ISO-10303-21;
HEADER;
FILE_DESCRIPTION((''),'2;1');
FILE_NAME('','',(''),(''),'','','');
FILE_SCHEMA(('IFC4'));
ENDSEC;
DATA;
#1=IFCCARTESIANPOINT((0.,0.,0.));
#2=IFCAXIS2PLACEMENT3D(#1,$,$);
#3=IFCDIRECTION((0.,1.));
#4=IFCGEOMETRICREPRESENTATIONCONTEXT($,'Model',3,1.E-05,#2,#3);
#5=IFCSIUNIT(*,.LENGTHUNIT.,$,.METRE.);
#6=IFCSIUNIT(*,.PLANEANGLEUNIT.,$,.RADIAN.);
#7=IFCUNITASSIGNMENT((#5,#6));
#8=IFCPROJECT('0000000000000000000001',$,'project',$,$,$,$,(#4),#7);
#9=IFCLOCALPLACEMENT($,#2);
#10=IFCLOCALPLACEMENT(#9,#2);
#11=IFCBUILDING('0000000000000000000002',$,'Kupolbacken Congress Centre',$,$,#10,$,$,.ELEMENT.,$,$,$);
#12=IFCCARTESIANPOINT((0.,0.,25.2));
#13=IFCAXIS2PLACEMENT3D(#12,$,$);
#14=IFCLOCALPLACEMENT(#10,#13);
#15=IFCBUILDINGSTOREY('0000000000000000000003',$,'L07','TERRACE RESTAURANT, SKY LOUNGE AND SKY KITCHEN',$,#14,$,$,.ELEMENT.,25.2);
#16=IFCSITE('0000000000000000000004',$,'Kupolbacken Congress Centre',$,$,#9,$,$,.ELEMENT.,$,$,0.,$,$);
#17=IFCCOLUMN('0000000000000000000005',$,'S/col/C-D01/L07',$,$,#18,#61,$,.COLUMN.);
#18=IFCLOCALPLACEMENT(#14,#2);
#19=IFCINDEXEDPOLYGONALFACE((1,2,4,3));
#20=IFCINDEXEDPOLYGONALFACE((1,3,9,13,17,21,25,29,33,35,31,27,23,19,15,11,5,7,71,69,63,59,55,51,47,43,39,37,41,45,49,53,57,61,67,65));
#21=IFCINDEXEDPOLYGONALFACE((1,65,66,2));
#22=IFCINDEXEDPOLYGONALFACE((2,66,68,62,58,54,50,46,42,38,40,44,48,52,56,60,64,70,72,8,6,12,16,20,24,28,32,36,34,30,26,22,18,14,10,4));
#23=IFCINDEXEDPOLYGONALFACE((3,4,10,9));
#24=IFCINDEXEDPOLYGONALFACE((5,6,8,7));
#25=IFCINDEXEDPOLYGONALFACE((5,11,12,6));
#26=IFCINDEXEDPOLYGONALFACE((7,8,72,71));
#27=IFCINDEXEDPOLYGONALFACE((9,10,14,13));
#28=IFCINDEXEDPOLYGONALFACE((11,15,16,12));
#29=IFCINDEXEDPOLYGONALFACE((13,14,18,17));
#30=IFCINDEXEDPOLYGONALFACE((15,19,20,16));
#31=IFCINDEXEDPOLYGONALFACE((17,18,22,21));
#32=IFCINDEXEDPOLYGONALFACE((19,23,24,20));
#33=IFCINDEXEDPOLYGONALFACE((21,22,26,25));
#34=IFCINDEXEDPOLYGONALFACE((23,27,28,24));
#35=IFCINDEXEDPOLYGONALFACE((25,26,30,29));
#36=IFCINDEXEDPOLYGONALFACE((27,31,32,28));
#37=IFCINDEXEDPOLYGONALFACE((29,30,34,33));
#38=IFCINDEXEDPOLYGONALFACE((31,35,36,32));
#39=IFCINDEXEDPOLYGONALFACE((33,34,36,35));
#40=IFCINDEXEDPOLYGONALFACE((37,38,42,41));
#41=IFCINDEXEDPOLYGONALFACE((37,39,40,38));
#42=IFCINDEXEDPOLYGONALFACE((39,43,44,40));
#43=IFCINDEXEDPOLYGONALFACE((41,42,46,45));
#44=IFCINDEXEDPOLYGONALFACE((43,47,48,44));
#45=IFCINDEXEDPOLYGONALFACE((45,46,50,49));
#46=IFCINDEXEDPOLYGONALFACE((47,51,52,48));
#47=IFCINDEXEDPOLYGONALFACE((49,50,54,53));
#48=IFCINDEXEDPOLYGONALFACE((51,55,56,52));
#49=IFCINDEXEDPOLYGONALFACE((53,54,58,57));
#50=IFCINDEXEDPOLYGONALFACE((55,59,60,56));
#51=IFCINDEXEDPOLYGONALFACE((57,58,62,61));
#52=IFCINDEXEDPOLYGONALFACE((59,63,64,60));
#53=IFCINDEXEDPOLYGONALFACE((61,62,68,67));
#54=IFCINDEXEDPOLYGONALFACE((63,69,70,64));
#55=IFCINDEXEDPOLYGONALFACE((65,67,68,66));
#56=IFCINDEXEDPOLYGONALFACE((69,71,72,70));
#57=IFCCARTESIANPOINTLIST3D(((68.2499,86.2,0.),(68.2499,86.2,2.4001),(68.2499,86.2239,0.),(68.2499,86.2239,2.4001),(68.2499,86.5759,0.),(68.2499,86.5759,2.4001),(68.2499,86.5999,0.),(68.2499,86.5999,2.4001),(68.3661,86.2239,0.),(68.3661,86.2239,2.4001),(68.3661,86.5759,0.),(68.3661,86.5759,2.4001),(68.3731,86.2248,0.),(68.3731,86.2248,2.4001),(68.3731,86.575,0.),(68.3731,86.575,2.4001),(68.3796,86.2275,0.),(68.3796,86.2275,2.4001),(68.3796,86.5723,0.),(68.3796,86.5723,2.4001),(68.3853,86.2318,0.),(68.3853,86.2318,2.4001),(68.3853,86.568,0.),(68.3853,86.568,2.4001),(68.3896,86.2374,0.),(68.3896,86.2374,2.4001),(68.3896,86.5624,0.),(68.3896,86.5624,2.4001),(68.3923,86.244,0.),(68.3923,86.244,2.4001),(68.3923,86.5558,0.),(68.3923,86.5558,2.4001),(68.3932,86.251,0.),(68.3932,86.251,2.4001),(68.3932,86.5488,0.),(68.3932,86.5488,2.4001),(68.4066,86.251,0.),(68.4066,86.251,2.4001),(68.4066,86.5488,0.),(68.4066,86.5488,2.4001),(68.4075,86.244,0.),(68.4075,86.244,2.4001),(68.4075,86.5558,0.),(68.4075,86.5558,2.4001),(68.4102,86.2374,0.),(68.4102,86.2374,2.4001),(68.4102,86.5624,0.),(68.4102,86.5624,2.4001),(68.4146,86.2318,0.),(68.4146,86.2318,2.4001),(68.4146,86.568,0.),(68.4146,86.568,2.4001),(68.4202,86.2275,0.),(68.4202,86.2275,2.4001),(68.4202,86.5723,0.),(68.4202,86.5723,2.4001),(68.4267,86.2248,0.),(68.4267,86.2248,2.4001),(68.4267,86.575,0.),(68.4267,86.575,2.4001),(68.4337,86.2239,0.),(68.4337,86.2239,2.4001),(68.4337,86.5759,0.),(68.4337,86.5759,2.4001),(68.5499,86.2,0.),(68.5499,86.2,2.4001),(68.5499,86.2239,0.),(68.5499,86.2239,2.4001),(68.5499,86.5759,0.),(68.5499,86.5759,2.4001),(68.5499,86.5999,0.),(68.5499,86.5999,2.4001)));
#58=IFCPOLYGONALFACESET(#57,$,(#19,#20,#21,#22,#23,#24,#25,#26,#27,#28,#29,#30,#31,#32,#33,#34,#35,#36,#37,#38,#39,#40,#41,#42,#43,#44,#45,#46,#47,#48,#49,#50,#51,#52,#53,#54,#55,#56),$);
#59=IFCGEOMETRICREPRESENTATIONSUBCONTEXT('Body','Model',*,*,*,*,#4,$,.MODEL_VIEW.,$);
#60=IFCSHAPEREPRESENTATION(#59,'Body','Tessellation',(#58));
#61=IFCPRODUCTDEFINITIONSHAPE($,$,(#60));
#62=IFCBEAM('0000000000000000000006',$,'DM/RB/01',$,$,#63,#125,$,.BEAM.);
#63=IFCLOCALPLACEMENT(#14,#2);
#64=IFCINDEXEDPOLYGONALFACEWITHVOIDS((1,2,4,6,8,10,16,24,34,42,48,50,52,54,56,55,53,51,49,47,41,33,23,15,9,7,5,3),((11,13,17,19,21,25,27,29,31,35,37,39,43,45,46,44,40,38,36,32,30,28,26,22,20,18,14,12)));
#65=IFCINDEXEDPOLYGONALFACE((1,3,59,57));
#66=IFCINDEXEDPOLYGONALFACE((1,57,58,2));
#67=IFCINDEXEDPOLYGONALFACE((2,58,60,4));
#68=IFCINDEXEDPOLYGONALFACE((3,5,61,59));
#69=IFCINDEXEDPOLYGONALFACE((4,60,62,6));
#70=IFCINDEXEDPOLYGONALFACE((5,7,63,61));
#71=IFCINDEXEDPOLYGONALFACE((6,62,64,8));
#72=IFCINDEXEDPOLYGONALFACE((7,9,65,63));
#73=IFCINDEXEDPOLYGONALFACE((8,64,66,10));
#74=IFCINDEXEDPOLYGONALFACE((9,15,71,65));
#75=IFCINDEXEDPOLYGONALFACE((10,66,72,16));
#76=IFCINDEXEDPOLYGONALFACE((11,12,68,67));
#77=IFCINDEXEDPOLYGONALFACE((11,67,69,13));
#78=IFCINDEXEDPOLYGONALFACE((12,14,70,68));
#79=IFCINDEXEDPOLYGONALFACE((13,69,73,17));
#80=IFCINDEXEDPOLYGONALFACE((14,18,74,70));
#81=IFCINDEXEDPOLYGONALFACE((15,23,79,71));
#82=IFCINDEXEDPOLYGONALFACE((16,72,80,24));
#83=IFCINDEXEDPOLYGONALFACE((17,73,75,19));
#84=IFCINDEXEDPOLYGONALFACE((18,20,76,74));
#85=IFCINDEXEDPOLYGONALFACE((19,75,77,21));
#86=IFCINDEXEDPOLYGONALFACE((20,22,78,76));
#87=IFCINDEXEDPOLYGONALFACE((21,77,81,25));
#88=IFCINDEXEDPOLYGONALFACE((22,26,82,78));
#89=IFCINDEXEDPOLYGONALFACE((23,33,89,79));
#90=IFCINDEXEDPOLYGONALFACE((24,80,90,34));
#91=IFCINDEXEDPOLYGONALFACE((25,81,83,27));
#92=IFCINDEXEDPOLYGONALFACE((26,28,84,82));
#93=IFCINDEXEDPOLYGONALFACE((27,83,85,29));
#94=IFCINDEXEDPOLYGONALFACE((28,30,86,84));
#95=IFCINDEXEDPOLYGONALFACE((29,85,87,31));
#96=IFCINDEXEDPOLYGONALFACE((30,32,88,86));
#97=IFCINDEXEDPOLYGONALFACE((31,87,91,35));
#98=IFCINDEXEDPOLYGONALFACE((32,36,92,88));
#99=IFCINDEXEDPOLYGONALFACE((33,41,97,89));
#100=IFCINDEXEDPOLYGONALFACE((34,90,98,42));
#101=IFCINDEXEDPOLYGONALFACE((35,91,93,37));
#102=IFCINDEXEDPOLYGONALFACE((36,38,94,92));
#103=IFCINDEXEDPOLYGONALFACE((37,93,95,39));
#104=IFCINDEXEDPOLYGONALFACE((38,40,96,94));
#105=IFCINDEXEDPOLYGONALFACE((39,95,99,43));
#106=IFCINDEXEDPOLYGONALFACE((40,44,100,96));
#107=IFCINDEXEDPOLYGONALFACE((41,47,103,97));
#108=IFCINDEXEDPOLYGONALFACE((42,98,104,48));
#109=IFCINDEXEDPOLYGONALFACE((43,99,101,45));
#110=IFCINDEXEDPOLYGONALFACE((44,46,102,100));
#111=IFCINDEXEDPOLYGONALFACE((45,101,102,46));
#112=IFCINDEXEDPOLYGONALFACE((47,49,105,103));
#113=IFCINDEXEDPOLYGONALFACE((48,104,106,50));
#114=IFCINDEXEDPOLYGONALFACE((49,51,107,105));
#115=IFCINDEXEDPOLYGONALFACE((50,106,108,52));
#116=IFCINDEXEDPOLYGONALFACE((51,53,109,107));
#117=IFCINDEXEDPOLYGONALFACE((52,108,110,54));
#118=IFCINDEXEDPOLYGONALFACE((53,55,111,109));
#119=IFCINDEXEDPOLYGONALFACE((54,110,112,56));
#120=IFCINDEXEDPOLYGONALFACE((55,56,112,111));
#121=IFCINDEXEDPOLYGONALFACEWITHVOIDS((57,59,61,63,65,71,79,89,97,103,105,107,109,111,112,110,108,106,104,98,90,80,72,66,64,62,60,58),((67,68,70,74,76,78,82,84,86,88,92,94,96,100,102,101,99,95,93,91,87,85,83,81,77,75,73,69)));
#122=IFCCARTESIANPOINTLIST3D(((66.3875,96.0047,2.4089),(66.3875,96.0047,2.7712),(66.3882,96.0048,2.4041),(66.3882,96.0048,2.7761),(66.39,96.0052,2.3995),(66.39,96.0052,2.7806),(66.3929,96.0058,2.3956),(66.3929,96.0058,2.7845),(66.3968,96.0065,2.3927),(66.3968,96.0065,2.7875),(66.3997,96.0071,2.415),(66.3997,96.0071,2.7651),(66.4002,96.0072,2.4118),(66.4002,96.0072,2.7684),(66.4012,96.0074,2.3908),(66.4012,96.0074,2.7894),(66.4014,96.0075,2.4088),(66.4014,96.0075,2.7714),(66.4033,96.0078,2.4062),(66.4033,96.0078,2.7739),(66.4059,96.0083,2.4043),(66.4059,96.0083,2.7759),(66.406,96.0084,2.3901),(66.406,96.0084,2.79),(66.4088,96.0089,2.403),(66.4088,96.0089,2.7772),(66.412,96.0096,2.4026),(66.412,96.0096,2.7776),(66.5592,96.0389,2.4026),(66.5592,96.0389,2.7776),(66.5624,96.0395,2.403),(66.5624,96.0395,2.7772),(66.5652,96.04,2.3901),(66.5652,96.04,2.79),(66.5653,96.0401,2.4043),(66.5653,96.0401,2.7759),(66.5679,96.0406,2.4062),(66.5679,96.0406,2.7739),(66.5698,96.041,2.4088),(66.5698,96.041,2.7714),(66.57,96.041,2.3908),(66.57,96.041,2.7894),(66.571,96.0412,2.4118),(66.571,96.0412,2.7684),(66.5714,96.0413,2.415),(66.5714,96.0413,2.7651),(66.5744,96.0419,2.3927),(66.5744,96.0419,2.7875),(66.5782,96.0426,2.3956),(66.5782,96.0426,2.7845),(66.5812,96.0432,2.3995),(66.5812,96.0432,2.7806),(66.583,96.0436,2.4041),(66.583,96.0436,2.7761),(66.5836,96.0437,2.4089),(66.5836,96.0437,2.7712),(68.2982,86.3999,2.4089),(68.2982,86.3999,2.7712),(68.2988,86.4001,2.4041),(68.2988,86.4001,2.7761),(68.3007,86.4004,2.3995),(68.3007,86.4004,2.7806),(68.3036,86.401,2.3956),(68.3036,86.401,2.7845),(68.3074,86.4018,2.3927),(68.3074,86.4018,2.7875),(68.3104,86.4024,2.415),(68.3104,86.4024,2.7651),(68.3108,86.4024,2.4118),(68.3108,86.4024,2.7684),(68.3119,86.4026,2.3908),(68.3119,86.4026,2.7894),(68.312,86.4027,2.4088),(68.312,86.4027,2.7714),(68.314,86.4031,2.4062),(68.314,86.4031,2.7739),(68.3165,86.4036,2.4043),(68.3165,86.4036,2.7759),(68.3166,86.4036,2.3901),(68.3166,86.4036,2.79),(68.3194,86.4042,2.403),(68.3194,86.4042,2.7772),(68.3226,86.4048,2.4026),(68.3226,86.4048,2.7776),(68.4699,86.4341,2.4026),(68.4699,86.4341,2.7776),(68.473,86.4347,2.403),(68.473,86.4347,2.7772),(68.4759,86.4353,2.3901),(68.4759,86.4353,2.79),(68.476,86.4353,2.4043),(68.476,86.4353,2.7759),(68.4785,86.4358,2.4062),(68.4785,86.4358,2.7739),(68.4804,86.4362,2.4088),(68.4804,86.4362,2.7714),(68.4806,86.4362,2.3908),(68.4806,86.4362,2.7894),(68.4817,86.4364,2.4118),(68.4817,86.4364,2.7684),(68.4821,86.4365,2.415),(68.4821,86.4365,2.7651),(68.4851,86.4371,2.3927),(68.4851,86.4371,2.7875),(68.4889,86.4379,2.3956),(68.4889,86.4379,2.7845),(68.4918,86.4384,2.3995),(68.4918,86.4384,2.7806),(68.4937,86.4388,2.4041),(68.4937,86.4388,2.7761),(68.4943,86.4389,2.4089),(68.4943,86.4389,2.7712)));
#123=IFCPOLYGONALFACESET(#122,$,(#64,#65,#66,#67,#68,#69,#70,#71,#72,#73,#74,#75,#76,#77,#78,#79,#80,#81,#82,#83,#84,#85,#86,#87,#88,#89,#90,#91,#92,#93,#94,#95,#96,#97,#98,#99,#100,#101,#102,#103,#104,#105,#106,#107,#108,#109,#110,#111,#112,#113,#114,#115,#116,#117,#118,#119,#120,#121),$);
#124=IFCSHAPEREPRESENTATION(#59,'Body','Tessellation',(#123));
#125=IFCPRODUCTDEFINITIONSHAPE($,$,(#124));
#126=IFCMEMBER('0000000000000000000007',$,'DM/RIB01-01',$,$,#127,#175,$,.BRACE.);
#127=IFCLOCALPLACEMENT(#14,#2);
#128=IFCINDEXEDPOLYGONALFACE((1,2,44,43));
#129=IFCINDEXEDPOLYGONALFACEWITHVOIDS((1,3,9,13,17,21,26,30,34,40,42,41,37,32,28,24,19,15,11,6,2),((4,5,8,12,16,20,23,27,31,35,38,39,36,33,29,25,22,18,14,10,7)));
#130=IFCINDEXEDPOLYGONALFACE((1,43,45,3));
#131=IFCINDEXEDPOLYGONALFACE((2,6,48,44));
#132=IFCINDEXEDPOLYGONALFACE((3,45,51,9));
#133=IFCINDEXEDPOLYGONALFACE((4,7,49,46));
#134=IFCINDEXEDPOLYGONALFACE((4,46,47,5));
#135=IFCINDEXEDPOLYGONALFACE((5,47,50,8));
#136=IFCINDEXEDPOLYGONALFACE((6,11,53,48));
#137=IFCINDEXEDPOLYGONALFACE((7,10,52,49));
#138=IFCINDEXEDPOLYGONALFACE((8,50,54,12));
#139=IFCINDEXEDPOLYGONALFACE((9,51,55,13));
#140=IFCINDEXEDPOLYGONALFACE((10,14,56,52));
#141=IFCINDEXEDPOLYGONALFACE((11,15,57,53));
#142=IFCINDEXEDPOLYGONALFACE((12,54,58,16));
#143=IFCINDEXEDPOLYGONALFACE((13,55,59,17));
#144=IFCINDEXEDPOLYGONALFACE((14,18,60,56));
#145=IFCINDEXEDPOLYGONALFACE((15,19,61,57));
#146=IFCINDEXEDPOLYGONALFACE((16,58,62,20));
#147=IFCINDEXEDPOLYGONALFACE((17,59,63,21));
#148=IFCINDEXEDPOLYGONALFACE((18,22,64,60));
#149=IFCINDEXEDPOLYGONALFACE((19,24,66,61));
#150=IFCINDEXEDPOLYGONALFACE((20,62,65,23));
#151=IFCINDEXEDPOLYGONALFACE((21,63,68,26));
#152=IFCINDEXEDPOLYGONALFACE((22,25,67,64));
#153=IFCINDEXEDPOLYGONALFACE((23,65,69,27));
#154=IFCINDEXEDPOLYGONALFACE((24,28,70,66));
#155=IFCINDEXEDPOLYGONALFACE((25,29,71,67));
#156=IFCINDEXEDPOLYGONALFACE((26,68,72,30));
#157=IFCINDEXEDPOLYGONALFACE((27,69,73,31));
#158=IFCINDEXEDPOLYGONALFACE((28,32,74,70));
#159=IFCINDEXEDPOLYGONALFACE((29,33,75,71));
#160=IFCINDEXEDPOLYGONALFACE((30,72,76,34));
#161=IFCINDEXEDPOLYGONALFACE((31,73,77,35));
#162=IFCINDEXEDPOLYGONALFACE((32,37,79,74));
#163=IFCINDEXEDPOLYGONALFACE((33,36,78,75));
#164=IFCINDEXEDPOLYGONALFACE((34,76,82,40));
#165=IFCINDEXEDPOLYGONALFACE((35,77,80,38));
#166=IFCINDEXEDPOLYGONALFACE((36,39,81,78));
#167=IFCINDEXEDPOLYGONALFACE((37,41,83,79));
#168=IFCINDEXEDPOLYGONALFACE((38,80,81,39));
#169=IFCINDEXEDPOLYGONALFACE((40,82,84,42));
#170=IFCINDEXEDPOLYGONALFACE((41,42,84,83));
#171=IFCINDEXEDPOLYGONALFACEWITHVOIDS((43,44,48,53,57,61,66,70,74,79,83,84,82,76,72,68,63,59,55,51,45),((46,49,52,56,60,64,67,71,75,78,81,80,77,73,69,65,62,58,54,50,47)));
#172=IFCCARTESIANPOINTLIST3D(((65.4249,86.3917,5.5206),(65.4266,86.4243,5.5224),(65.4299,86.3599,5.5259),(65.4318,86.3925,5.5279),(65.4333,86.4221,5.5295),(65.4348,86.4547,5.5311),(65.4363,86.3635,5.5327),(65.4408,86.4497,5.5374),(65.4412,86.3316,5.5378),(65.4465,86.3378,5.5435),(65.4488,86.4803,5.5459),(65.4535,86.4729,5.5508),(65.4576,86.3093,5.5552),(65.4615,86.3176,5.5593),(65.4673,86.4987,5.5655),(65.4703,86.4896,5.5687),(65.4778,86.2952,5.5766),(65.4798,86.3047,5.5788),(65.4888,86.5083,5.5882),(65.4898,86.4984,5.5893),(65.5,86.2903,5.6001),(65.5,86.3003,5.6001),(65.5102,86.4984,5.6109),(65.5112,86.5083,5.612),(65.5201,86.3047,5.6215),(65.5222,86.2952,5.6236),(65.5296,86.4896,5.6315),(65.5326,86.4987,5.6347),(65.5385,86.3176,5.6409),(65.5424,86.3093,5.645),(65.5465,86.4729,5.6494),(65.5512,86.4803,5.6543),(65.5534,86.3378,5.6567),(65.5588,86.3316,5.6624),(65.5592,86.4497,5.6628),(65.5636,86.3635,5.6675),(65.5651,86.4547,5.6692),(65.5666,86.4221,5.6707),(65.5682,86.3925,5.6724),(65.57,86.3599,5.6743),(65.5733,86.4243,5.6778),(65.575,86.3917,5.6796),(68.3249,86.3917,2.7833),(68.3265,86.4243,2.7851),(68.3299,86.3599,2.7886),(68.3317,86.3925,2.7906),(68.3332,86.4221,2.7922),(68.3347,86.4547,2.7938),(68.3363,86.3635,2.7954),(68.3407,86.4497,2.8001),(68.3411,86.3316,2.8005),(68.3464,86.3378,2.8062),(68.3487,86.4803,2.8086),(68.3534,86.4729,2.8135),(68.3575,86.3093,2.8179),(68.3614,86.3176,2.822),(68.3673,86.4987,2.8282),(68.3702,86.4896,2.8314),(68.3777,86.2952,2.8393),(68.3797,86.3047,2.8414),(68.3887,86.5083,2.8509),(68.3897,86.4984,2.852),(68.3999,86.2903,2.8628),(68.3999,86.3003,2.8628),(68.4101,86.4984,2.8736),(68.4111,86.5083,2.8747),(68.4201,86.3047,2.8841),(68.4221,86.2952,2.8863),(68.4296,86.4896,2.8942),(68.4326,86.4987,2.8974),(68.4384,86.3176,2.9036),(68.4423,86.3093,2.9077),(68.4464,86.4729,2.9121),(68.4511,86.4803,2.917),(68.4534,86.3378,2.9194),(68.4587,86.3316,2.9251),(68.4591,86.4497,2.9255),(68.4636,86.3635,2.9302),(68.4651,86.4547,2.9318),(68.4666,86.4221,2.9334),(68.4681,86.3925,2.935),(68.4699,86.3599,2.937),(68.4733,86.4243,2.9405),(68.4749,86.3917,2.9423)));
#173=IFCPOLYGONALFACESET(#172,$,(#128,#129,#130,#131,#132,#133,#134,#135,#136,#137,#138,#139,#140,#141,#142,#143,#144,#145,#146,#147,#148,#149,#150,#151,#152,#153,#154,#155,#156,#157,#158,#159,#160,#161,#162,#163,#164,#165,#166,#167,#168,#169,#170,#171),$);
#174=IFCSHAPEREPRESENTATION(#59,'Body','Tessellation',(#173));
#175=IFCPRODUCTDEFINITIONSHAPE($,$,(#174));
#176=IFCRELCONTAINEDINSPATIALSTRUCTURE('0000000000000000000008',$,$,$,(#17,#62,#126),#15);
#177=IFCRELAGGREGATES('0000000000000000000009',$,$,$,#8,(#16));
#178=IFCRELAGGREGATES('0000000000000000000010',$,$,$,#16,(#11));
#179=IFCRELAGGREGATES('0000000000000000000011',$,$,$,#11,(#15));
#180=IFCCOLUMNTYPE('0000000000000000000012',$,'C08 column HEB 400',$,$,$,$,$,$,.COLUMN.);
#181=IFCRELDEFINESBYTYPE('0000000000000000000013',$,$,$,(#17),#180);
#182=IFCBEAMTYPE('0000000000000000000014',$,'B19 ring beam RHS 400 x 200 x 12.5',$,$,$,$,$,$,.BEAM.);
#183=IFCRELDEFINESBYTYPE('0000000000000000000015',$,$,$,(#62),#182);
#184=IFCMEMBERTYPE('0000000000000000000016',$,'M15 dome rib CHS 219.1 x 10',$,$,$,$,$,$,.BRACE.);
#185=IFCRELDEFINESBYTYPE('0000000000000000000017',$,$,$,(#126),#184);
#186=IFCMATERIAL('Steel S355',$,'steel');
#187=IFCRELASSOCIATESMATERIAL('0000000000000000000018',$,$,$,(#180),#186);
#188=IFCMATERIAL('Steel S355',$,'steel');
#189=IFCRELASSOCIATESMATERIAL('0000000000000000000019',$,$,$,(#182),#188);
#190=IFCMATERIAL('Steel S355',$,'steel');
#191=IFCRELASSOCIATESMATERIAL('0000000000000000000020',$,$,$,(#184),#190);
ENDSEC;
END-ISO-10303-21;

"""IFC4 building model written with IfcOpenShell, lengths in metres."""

from ifc_helpers import new_model, si_unit, direction, frame, origin, origin_2d, place, context, subcontext, project, spatial, hollow_rectangle, hollow_circle, i_section, extrude, material, material_profile, profile_set, type_object, element, save


model = new_model("IFC4")

# Units and contexts
model_context = context("Model", 3, precision=1e-05, world=origin(), true_north=direction((0.0, 1.0)))
body_context = subcontext(model_context, "Body", "Model", "MODEL_VIEW")
ifc_project = project(units=[si_unit("LENGTHUNIT", "METRE"), si_unit("PLANEANGLEUNIT", "RADIAN")], contexts=[model_context])

# Site, building, storey
site_placement = place(None, origin())
site = spatial("IfcSite", under=ifc_project, at=site_placement, Name="Kupolbacken Congress Centre", CompositionType="ELEMENT", RefElevation=0.0)
building_placement = place(site_placement, origin())
building = spatial("IfcBuilding", under=site, at=building_placement, Name="Kupolbacken Congress Centre", CompositionType="ELEMENT")
storey_placement = place(building_placement, frame((0.0, 0.0, 25.2)))
storey = spatial("IfcBuildingStorey", under=building, at=storey_placement, Name="L07", Description="TERRACE RESTAURANT, SKY LOUNGE AND SKY KITCHEN", CompositionType="ELEMENT", Elevation=25.2)

# Column
ifc_material_1 = material(Name="Steel S355", Category="steel")
ifc_material_profile_1 = material_profile(ifc_material_1, i_section(OverallWidth=0.3, OverallDepth=0.3999, WebThickness=0.0134, FlangeThickness=0.0239, FilletRadius=0.0271, at=origin_2d()), Name="HEB 400")
ifc_profile_set_1 = profile_set([ifc_material_profile_1], Name="Steel S355")
column_type = type_object("IfcColumnType", Name="C08 column HEB 400", PredefinedType="COLUMN", material=ifc_profile_set_1)
column_placement = place(storey_placement, frame((68.3999, 86.3999, 0.0), z_axis=(0.0, 0.0, 1.0), x_axis=(1.0, 0.0, 0.0)))
element("IfcColumn", 1, at=column_placement, inside=storey, type_object=column_type, Name="S/col/C-D01/L07", PredefinedType="COLUMN", context=body_context, shape_type="SweptSolid", body=[
    extrude(i_section(OverallWidth=0.3, OverallDepth=0.3999, WebThickness=0.0134, FlangeThickness=0.0239, FilletRadius=0.0271, at=origin_2d()), origin(), (0.0, 0.0, 1.0), 2.4001),
])

# Beam
ifc_material_2 = material(Name="Steel S355", Category="steel")
ifc_material_profile_2 = material_profile(ifc_material_2, hollow_rectangle(XDim=0.2, YDim=0.3999, WallThickness=0.0125, InnerFilletRadius=0.0125, OuterFilletRadius=0.0188, at=origin_2d()), Name="RHS 400 x 200 x 12.5")
ifc_profile_set_2 = profile_set([ifc_material_profile_2], Name="Steel S355")
beam_type = type_object("IfcBeamType", Name="B19 ring beam RHS 400 x 200 x 12.5", PredefinedType="BEAM", material=ifc_profile_set_2)
beam_placement = place(storey_placement, frame((68.3962, 86.4194, 2.5901), z_axis=(-0.195104, 0.980782, 0.0), x_axis=(-0.980782, -0.195104, 0.0)))
element("IfcBeam", 2, at=beam_placement, inside=storey, type_object=beam_type, Name="DM/RB/01", PredefinedType="BEAM", context=body_context, shape_type="SweptSolid", body=[
    extrude(hollow_rectangle(XDim=0.2, YDim=0.3999, WallThickness=0.0125, InnerFilletRadius=0.0125, OuterFilletRadius=0.0188, at=origin_2d()), origin(), (0.0, 0.0, 1.0), 9.793),
])

# Member
ifc_material_3 = material(Name="Steel S355", Category="steel")
ifc_material_profile_3 = material_profile(ifc_material_3, hollow_circle(Radius=0.1096, WallThickness=0.01, at=origin_2d()), Name="CHS 219.1 x 10")
ifc_profile_set_3 = profile_set([ifc_material_profile_3], Name="Steel S355")
member_type_1 = type_object("IfcMemberType", Name="M15 dome rib CHS 219.1 x 10", PredefinedType="BRACE", material=ifc_profile_set_3)
member_1_placement = place(storey_placement, frame((68.3999, 86.3999, 2.8628), z_axis=(-0.7272, 0.0, 0.686426), x_axis=(0.0, -1.0, 0.0)))
element("IfcMember", 3, at=member_1_placement, inside=storey, type_object=member_type_1, Name="DM/RIB01-01", PredefinedType="BRACE", context=body_context, shape_type="SweptSolid", body=[
    extrude(hollow_circle(Radius=0.1096, WallThickness=0.01, at=origin_2d()), origin(), (0.0, 0.0, 1.0), 3.9878),
])

save(model, "model.ifc")
